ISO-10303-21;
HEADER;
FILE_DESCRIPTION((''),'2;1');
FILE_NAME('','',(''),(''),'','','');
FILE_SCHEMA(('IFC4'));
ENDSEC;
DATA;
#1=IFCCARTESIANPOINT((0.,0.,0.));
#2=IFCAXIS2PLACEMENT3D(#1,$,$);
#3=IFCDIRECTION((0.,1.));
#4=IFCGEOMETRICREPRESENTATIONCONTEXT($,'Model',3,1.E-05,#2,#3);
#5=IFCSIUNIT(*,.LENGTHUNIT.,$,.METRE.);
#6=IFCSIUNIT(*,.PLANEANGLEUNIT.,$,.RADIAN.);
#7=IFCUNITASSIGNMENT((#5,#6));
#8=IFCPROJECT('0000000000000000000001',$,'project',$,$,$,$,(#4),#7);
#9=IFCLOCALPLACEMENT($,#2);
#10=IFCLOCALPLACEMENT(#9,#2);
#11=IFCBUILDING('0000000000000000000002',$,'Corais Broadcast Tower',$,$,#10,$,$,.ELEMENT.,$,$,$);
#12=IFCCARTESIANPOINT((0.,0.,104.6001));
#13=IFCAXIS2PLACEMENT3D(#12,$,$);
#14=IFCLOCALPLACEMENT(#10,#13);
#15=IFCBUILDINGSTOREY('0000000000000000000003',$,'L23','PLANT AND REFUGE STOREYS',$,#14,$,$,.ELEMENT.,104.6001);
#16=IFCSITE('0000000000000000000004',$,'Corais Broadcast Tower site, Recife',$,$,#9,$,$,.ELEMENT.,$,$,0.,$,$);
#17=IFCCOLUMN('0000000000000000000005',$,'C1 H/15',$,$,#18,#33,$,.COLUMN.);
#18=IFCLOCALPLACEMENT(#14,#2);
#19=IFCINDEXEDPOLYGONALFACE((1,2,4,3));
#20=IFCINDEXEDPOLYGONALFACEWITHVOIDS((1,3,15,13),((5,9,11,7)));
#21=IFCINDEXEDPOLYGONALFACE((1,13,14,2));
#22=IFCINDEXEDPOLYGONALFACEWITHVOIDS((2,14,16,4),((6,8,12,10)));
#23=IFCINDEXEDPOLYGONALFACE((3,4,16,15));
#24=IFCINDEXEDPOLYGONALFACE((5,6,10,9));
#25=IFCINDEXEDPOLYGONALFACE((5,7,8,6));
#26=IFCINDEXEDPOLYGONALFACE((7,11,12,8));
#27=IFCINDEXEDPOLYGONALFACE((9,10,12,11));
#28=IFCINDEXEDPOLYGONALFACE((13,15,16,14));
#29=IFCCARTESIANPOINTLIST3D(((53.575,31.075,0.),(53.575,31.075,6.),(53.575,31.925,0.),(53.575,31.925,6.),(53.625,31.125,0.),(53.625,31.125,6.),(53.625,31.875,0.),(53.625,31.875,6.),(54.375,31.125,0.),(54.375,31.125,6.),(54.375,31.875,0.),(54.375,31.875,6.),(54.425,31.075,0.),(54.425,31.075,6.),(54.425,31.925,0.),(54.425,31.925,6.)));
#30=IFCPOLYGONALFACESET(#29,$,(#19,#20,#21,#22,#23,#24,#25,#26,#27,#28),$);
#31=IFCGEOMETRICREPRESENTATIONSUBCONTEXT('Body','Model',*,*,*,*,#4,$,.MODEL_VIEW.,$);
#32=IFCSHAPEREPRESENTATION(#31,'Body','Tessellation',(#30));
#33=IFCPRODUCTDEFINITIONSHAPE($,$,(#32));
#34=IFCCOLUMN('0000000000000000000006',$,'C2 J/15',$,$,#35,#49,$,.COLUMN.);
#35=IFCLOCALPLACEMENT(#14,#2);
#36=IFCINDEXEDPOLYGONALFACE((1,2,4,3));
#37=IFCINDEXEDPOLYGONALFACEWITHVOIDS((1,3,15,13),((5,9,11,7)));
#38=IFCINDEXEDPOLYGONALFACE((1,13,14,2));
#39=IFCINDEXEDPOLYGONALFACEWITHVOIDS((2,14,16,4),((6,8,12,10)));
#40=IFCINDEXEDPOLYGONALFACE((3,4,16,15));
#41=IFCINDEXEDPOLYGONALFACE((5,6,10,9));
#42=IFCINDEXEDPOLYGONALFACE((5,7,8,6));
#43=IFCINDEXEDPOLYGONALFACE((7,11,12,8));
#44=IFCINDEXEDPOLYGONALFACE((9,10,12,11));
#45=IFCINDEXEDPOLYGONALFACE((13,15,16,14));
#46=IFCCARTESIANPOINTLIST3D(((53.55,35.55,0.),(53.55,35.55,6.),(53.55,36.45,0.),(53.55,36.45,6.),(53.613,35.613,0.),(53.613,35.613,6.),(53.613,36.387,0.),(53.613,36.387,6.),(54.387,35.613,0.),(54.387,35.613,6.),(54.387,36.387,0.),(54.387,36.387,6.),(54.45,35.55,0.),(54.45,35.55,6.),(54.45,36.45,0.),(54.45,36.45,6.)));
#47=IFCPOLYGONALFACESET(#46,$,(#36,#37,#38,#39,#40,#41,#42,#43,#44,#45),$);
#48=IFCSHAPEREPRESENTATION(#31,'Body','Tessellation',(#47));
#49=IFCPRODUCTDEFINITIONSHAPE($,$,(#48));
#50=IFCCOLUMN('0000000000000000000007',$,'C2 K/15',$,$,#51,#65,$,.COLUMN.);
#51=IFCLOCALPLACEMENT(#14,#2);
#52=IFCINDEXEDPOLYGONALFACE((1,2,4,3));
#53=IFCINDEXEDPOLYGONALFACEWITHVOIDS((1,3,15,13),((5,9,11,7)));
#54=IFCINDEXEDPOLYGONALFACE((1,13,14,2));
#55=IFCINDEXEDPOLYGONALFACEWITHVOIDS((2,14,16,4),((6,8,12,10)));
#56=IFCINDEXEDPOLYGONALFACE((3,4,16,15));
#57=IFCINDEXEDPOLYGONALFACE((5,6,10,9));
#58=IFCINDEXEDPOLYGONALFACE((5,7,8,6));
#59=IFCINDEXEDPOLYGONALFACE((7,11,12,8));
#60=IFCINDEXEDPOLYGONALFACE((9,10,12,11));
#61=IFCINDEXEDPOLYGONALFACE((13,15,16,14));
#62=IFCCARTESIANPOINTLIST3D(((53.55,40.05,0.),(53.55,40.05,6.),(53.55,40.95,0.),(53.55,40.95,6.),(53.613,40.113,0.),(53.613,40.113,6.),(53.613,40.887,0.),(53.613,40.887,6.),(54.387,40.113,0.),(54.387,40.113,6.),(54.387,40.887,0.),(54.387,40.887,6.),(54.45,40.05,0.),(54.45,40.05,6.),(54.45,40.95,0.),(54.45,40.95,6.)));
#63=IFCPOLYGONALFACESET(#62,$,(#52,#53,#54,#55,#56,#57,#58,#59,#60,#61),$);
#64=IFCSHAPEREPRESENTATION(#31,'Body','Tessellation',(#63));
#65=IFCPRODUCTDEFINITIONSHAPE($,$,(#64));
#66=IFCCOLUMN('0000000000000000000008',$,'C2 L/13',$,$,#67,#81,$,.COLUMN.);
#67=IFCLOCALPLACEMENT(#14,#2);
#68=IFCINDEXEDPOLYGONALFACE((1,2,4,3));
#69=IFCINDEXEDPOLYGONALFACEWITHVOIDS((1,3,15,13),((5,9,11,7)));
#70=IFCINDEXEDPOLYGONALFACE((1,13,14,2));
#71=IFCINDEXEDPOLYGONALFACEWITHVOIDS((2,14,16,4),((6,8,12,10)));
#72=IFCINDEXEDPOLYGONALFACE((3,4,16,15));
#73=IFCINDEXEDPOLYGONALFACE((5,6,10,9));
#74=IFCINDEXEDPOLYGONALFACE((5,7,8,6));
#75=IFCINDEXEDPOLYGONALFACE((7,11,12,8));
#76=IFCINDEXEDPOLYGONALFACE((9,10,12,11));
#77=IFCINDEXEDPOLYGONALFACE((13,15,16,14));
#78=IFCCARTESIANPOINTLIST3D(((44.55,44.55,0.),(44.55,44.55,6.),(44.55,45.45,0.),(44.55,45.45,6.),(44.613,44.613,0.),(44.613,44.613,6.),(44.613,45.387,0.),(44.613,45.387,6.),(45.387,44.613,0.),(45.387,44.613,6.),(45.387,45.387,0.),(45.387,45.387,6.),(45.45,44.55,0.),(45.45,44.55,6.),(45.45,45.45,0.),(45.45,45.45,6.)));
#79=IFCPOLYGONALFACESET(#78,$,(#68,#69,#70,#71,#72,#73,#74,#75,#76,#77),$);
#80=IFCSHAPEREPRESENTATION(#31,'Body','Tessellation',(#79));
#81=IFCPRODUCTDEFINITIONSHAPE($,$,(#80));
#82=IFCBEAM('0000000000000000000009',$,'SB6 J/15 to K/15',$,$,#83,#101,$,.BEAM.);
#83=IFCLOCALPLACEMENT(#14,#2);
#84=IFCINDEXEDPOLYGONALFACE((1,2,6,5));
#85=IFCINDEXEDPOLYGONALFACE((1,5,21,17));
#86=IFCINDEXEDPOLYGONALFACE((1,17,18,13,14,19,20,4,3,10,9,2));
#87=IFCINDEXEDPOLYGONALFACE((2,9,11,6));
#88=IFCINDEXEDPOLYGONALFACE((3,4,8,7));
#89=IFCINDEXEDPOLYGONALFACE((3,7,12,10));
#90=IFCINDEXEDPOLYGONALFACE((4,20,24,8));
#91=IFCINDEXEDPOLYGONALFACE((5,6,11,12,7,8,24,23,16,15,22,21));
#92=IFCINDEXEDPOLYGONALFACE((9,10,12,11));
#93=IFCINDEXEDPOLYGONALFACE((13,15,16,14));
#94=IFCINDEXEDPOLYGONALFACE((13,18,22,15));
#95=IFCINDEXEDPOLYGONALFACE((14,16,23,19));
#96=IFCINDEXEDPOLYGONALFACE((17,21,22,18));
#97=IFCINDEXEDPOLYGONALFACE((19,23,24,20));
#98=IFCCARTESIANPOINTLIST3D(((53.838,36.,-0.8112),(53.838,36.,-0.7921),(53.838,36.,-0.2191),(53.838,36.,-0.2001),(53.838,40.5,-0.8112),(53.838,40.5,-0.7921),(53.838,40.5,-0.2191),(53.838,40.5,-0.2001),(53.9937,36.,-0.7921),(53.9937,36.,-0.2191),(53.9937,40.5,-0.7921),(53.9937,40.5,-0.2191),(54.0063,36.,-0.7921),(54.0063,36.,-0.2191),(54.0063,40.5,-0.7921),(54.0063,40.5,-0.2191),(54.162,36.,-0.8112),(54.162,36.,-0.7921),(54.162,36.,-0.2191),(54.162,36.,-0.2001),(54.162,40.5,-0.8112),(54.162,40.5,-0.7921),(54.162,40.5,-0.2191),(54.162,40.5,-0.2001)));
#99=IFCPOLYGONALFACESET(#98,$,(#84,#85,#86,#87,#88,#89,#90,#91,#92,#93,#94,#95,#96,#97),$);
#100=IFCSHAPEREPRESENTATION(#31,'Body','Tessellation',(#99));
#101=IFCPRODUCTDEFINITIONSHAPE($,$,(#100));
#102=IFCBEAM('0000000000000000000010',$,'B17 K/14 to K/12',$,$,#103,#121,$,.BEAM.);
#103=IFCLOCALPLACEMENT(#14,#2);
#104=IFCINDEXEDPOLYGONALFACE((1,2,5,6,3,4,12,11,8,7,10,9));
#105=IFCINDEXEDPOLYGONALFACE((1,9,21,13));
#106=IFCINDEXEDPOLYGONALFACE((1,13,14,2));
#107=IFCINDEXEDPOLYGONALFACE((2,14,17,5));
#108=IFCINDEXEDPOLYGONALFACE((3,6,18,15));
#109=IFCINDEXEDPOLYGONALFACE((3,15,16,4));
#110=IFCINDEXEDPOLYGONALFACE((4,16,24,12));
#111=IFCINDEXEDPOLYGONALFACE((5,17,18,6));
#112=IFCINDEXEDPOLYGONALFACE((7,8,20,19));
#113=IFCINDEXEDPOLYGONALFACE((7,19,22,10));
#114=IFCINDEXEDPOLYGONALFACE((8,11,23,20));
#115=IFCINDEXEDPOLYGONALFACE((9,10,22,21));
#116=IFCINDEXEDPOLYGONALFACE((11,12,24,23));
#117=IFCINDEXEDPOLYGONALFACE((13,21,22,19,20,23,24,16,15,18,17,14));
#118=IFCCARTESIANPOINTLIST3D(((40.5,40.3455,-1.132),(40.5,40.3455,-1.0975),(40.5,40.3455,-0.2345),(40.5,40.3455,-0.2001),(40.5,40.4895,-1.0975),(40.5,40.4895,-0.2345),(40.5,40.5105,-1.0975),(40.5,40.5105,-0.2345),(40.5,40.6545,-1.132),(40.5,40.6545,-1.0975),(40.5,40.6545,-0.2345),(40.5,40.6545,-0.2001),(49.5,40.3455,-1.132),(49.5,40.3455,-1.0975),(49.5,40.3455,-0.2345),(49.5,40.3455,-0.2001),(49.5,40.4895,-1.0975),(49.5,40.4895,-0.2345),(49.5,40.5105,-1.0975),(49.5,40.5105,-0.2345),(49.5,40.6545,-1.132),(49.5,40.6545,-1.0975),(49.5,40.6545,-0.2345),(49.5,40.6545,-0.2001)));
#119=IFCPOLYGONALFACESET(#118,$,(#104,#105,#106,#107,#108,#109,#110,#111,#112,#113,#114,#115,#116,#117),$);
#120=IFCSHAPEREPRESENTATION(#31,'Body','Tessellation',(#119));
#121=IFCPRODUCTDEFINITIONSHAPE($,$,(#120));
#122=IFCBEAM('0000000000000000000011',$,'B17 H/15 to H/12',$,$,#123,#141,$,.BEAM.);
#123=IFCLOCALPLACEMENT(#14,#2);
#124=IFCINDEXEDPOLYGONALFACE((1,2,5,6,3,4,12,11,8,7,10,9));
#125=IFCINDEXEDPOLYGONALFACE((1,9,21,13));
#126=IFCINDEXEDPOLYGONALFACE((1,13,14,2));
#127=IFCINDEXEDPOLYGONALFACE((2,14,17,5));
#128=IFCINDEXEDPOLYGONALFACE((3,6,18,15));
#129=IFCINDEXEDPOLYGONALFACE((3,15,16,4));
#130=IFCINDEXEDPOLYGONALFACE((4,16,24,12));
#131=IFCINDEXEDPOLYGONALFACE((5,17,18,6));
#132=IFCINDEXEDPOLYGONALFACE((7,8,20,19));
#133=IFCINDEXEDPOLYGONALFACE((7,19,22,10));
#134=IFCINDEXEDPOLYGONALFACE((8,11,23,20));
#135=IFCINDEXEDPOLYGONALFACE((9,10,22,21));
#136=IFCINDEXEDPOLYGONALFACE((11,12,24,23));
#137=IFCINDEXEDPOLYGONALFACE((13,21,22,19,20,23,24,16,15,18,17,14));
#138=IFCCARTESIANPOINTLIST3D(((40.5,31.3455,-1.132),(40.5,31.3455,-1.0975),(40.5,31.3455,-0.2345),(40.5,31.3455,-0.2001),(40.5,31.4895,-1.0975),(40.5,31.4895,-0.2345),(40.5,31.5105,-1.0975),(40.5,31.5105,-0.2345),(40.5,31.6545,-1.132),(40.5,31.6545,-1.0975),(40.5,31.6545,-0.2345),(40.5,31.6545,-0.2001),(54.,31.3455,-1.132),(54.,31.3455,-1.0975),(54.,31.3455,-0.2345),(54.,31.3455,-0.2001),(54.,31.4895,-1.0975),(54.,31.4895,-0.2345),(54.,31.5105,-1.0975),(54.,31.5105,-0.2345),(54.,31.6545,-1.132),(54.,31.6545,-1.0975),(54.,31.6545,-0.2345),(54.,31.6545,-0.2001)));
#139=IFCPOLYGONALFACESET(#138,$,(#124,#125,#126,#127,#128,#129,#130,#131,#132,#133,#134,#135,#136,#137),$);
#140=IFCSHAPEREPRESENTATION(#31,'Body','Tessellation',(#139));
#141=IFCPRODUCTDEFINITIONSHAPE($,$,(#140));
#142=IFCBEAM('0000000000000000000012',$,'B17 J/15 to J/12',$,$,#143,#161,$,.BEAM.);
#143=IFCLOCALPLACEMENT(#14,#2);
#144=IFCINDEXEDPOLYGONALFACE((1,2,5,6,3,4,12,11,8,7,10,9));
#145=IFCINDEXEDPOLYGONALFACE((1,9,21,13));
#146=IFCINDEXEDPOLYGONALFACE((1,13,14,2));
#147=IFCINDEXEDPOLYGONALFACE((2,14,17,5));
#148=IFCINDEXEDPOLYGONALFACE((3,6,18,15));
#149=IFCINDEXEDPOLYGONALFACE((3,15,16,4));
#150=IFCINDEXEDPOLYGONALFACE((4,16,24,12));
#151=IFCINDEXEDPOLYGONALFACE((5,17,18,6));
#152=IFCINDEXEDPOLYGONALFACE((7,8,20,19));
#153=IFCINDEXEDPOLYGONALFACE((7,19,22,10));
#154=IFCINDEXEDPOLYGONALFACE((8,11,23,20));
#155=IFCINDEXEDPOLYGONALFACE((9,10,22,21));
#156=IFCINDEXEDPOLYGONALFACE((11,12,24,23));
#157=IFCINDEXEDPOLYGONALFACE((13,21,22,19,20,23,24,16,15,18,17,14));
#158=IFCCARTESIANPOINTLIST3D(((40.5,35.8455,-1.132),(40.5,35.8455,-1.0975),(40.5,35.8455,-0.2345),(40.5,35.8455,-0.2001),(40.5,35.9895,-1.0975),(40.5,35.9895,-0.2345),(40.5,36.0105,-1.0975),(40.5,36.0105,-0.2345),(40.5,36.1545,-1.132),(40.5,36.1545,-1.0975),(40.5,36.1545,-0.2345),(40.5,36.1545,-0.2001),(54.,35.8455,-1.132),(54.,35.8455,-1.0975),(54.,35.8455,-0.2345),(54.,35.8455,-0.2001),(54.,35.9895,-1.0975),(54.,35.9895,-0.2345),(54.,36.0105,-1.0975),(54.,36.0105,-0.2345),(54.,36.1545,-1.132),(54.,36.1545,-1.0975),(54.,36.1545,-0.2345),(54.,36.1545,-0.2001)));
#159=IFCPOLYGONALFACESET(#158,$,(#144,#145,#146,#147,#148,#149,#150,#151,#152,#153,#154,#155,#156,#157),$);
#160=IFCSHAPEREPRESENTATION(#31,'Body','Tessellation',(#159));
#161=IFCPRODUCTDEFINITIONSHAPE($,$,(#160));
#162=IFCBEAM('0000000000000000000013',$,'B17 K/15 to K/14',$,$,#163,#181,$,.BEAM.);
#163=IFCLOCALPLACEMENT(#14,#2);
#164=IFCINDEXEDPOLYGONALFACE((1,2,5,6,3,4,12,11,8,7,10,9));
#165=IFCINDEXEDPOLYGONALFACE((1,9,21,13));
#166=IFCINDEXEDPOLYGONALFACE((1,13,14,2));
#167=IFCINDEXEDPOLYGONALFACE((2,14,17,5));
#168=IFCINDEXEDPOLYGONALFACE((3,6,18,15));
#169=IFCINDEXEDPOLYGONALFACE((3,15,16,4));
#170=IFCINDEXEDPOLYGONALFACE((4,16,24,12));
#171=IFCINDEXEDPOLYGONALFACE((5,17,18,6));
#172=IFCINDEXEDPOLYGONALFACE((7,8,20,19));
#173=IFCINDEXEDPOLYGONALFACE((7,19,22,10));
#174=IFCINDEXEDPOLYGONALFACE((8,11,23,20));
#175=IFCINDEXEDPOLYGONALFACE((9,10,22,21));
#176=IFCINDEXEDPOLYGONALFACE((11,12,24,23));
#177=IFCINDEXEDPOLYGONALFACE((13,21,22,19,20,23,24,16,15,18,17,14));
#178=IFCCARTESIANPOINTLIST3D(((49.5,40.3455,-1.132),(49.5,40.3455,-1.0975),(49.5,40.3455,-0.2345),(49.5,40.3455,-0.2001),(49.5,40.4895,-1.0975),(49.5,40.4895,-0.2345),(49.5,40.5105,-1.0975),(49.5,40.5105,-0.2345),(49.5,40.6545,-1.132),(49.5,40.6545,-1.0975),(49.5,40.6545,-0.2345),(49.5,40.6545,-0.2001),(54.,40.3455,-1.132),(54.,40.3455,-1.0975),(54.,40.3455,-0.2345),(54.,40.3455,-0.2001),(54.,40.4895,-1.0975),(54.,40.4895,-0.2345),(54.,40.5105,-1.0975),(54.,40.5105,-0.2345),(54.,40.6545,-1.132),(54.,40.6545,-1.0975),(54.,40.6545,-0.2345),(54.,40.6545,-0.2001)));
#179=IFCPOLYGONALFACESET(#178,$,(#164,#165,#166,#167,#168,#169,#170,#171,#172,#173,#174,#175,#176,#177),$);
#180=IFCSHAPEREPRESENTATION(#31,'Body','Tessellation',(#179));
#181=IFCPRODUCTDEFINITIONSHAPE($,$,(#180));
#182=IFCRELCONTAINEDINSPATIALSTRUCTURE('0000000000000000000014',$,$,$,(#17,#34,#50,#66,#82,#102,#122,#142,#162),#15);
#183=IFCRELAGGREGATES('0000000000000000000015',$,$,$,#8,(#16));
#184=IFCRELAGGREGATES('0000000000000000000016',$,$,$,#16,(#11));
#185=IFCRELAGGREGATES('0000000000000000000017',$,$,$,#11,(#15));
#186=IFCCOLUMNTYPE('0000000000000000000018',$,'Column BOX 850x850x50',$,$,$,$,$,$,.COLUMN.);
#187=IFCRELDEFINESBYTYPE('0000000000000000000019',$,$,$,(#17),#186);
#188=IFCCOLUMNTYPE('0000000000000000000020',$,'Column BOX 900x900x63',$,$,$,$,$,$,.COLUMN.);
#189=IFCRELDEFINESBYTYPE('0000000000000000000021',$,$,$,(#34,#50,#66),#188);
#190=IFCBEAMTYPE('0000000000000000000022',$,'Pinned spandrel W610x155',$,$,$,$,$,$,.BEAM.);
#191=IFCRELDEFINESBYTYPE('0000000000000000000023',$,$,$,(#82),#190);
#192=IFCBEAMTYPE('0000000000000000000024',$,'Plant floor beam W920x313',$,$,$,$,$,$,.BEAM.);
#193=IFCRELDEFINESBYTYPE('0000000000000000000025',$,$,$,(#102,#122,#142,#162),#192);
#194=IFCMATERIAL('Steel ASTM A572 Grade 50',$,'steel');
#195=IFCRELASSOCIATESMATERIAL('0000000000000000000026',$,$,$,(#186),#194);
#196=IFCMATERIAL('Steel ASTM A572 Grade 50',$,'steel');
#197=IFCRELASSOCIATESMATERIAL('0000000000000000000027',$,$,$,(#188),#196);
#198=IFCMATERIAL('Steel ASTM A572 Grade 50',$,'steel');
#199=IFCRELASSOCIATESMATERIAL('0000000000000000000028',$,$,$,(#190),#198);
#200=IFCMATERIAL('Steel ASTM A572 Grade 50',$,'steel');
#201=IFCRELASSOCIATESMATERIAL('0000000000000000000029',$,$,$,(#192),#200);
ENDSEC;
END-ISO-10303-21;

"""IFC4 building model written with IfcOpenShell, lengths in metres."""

from ifc_helpers import new_model, si_unit, direction, frame, origin, origin_2d, place, context, subcontext, project, spatial, hollow_rectangle, i_section, extrude, material, material_profile, profile_set, type_object, element, save


model = new_model("IFC4")

# Units and contexts
model_context = context("Model", 3, precision=1e-05, world=origin(), true_north=direction((0.0, 1.0)))
body_context = subcontext(model_context, "Body", "Model", "MODEL_VIEW")
ifc_project = project(units=[si_unit("LENGTHUNIT", "METRE"), si_unit("PLANEANGLEUNIT", "RADIAN")], contexts=[model_context])

# Site, building, storey
site_placement = place(None, origin())
site = spatial("IfcSite", under=ifc_project, at=site_placement, Name="Corais Broadcast Tower site, Recife", CompositionType="ELEMENT", RefElevation=0.0)
building_placement = place(site_placement, origin())
building = spatial("IfcBuilding", under=site, at=building_placement, Name="Corais Broadcast Tower", CompositionType="ELEMENT")
storey_placement = place(building_placement, frame((0.0, 0.0, 104.6001)))
storey = spatial("IfcBuildingStorey", under=building, at=storey_placement, Name="L23", Description="PLANT AND REFUGE STOREYS", CompositionType="ELEMENT", Elevation=104.6001)

# Columns
ifc_material_1 = material(Name="Steel ASTM A572 Grade 50", Category="steel")
ifc_material_profile_1 = material_profile(ifc_material_1, hollow_rectangle(XDim=0.8501, YDim=0.8501, WallThickness=0.05, at=origin_2d()), Name="BOX 850x850x50")
ifc_profile_set_1 = profile_set([ifc_material_profile_1], Name="Steel ASTM A572 Grade 50")
column_type_1 = type_object("IfcColumnType", Name="Column BOX 850x850x50", PredefinedType="COLUMN", material=ifc_profile_set_1)
column_placement = place(storey_placement, frame((54.0, 31.5, 0.0), z_axis=(0.0, 0.0, 1.0), x_axis=(1.0, 0.0, 0.0)))
element("IfcColumn", 1, at=column_placement, inside=storey, type_object=column_type_1, Name="C1 H/15", PredefinedType="COLUMN", context=body_context, shape_type="SweptSolid", body=[
    extrude(hollow_rectangle(XDim=0.8501, YDim=0.8501, WallThickness=0.05, at=origin_2d()), origin(), (0.0, 0.0, 1.0), 6.0),
])
ifc_material_2 = material(Name="Steel ASTM A572 Grade 50", Category="steel")
ifc_material_profile_2 = material_profile(ifc_material_2, hollow_rectangle(XDim=0.8999, YDim=0.8999, WallThickness=0.063, at=origin_2d()), Name="BOX 900x900x63")
ifc_profile_set_2 = profile_set([ifc_material_profile_2], Name="Steel ASTM A572 Grade 50")
column_type_2 = type_object("IfcColumnType", Name="Column BOX 900x900x63", PredefinedType="COLUMN", material=ifc_profile_set_2)
for number, where, z_axis, x_axis, name in (
    (2, (54.0, 36.0, 0.0), (0.0, 0.0, 1.0), (1.0, 0.0, 0.0), "C2 J/15"),
    (3, (54.0, 40.5, 0.0), (0.0, 0.0, 1.0), (1.0, 0.0, 0.0), "C2 K/15"),
    (4, (45.0, 45.0, 0.0), (0.0, 0.0, 1.0), (1.0, 0.0, 0.0), "C2 L/13"),
):
    element("IfcColumn", number, at=place(storey_placement, frame(where, z_axis=z_axis, x_axis=x_axis)), inside=storey, type_object=column_type_2, Name=name, PredefinedType="COLUMN", context=body_context, shape_type="SweptSolid", body=[
        extrude(hollow_rectangle(XDim=0.8999, YDim=0.8999, WallThickness=0.063, at=origin_2d()), origin(), (0.0, 0.0, 1.0), 6.0),
    ])

# Beams
ifc_material_3 = material(Name="Steel ASTM A572 Grade 50", Category="steel")
ifc_material_profile_3 = material_profile(ifc_material_3, i_section(OverallWidth=0.324, OverallDepth=0.6111, WebThickness=0.0127, FlangeThickness=0.019, at=origin_2d()), Name="W610x155")
ifc_profile_set_3 = profile_set([ifc_material_profile_3], Name="Steel ASTM A572 Grade 50")
beam_type_1 = type_object("IfcBeamType", Name="Pinned spandrel W610x155", PredefinedType="BEAM", material=ifc_profile_set_3)
beam_1_placement = place(storey_placement, frame((54.0, 36.0, -0.5056), z_axis=(0.0, 1.0, 0.0), x_axis=(-1.0, 0.0, 0.0)))
element("IfcBeam", 5, at=beam_1_placement, inside=storey, type_object=beam_type_1, Name="SB6 J/15 to K/15", PredefinedType="BEAM", context=body_context, shape_type="SweptSolid", body=[
    extrude(i_section(OverallWidth=0.324, OverallDepth=0.6111, WebThickness=0.0127, FlangeThickness=0.019, at=origin_2d()), origin(), (0.0, 0.0, 1.0), 4.5),
])
ifc_material_4 = material(Name="Steel ASTM A572 Grade 50", Category="steel")
ifc_material_profile_4 = material_profile(ifc_material_4, i_section(OverallWidth=0.3091, OverallDepth=0.9319, WebThickness=0.021, FlangeThickness=0.0344, at=origin_2d()), Name="W920x313")
ifc_profile_set_4 = profile_set([ifc_material_profile_4], Name="Steel ASTM A572 Grade 50")
beam_type_2 = type_object("IfcBeamType", Name="Plant floor beam W920x313", PredefinedType="BEAM", material=ifc_profile_set_4)
beam_2_placement = place(storey_placement, frame((49.5, 40.5, -0.666), z_axis=(-1.0, 0.0, 0.0), x_axis=(0.0, -1.0, 0.0)))
element("IfcBeam", 6, at=beam_2_placement, inside=storey, type_object=beam_type_2, Name="B17 K/14 to K/12", PredefinedType="BEAM", context=body_context, shape_type="SweptSolid", body=[
    extrude(i_section(OverallWidth=0.3091, OverallDepth=0.9319, WebThickness=0.021, FlangeThickness=0.0344, at=origin_2d()), origin(), (0.0, 0.0, 1.0), 9.0),
])
for number, where, z_axis, x_axis, name in (
    (7, (54.0, 31.5, -0.666), (-1.0, 0.0, 0.0), (0.0, -1.0, 0.0), "B17 H/15 to H/12"),
    (8, (54.0, 36.0, -0.666), (-1.0, 0.0, 0.0), (0.0, -1.0, 0.0), "B17 J/15 to J/12"),
):
    element("IfcBeam", number, at=place(storey_placement, frame(where, z_axis=z_axis, x_axis=x_axis)), inside=storey, type_object=beam_type_2, Name=name, PredefinedType="BEAM", context=body_context, shape_type="SweptSolid", body=[
        extrude(i_section(OverallWidth=0.3091, OverallDepth=0.9319, WebThickness=0.021, FlangeThickness=0.0344, at=origin_2d()), origin(), (0.0, 0.0, 1.0), 13.5),
    ])
beam_3_placement = place(storey_placement, frame((54.0, 40.5, -0.666), z_axis=(-1.0, 0.0, 0.0), x_axis=(0.0, -1.0, 0.0)))
element("IfcBeam", 9, at=beam_3_placement, inside=storey, type_object=beam_type_2, Name="B17 K/15 to K/14", PredefinedType="BEAM", context=body_context, shape_type="SweptSolid", body=[
    extrude(i_section(OverallWidth=0.3091, OverallDepth=0.9319, WebThickness=0.021, FlangeThickness=0.0344, at=origin_2d()), origin(), (0.0, 0.0, 1.0), 4.5),
])

save(model, "model.ifc")
